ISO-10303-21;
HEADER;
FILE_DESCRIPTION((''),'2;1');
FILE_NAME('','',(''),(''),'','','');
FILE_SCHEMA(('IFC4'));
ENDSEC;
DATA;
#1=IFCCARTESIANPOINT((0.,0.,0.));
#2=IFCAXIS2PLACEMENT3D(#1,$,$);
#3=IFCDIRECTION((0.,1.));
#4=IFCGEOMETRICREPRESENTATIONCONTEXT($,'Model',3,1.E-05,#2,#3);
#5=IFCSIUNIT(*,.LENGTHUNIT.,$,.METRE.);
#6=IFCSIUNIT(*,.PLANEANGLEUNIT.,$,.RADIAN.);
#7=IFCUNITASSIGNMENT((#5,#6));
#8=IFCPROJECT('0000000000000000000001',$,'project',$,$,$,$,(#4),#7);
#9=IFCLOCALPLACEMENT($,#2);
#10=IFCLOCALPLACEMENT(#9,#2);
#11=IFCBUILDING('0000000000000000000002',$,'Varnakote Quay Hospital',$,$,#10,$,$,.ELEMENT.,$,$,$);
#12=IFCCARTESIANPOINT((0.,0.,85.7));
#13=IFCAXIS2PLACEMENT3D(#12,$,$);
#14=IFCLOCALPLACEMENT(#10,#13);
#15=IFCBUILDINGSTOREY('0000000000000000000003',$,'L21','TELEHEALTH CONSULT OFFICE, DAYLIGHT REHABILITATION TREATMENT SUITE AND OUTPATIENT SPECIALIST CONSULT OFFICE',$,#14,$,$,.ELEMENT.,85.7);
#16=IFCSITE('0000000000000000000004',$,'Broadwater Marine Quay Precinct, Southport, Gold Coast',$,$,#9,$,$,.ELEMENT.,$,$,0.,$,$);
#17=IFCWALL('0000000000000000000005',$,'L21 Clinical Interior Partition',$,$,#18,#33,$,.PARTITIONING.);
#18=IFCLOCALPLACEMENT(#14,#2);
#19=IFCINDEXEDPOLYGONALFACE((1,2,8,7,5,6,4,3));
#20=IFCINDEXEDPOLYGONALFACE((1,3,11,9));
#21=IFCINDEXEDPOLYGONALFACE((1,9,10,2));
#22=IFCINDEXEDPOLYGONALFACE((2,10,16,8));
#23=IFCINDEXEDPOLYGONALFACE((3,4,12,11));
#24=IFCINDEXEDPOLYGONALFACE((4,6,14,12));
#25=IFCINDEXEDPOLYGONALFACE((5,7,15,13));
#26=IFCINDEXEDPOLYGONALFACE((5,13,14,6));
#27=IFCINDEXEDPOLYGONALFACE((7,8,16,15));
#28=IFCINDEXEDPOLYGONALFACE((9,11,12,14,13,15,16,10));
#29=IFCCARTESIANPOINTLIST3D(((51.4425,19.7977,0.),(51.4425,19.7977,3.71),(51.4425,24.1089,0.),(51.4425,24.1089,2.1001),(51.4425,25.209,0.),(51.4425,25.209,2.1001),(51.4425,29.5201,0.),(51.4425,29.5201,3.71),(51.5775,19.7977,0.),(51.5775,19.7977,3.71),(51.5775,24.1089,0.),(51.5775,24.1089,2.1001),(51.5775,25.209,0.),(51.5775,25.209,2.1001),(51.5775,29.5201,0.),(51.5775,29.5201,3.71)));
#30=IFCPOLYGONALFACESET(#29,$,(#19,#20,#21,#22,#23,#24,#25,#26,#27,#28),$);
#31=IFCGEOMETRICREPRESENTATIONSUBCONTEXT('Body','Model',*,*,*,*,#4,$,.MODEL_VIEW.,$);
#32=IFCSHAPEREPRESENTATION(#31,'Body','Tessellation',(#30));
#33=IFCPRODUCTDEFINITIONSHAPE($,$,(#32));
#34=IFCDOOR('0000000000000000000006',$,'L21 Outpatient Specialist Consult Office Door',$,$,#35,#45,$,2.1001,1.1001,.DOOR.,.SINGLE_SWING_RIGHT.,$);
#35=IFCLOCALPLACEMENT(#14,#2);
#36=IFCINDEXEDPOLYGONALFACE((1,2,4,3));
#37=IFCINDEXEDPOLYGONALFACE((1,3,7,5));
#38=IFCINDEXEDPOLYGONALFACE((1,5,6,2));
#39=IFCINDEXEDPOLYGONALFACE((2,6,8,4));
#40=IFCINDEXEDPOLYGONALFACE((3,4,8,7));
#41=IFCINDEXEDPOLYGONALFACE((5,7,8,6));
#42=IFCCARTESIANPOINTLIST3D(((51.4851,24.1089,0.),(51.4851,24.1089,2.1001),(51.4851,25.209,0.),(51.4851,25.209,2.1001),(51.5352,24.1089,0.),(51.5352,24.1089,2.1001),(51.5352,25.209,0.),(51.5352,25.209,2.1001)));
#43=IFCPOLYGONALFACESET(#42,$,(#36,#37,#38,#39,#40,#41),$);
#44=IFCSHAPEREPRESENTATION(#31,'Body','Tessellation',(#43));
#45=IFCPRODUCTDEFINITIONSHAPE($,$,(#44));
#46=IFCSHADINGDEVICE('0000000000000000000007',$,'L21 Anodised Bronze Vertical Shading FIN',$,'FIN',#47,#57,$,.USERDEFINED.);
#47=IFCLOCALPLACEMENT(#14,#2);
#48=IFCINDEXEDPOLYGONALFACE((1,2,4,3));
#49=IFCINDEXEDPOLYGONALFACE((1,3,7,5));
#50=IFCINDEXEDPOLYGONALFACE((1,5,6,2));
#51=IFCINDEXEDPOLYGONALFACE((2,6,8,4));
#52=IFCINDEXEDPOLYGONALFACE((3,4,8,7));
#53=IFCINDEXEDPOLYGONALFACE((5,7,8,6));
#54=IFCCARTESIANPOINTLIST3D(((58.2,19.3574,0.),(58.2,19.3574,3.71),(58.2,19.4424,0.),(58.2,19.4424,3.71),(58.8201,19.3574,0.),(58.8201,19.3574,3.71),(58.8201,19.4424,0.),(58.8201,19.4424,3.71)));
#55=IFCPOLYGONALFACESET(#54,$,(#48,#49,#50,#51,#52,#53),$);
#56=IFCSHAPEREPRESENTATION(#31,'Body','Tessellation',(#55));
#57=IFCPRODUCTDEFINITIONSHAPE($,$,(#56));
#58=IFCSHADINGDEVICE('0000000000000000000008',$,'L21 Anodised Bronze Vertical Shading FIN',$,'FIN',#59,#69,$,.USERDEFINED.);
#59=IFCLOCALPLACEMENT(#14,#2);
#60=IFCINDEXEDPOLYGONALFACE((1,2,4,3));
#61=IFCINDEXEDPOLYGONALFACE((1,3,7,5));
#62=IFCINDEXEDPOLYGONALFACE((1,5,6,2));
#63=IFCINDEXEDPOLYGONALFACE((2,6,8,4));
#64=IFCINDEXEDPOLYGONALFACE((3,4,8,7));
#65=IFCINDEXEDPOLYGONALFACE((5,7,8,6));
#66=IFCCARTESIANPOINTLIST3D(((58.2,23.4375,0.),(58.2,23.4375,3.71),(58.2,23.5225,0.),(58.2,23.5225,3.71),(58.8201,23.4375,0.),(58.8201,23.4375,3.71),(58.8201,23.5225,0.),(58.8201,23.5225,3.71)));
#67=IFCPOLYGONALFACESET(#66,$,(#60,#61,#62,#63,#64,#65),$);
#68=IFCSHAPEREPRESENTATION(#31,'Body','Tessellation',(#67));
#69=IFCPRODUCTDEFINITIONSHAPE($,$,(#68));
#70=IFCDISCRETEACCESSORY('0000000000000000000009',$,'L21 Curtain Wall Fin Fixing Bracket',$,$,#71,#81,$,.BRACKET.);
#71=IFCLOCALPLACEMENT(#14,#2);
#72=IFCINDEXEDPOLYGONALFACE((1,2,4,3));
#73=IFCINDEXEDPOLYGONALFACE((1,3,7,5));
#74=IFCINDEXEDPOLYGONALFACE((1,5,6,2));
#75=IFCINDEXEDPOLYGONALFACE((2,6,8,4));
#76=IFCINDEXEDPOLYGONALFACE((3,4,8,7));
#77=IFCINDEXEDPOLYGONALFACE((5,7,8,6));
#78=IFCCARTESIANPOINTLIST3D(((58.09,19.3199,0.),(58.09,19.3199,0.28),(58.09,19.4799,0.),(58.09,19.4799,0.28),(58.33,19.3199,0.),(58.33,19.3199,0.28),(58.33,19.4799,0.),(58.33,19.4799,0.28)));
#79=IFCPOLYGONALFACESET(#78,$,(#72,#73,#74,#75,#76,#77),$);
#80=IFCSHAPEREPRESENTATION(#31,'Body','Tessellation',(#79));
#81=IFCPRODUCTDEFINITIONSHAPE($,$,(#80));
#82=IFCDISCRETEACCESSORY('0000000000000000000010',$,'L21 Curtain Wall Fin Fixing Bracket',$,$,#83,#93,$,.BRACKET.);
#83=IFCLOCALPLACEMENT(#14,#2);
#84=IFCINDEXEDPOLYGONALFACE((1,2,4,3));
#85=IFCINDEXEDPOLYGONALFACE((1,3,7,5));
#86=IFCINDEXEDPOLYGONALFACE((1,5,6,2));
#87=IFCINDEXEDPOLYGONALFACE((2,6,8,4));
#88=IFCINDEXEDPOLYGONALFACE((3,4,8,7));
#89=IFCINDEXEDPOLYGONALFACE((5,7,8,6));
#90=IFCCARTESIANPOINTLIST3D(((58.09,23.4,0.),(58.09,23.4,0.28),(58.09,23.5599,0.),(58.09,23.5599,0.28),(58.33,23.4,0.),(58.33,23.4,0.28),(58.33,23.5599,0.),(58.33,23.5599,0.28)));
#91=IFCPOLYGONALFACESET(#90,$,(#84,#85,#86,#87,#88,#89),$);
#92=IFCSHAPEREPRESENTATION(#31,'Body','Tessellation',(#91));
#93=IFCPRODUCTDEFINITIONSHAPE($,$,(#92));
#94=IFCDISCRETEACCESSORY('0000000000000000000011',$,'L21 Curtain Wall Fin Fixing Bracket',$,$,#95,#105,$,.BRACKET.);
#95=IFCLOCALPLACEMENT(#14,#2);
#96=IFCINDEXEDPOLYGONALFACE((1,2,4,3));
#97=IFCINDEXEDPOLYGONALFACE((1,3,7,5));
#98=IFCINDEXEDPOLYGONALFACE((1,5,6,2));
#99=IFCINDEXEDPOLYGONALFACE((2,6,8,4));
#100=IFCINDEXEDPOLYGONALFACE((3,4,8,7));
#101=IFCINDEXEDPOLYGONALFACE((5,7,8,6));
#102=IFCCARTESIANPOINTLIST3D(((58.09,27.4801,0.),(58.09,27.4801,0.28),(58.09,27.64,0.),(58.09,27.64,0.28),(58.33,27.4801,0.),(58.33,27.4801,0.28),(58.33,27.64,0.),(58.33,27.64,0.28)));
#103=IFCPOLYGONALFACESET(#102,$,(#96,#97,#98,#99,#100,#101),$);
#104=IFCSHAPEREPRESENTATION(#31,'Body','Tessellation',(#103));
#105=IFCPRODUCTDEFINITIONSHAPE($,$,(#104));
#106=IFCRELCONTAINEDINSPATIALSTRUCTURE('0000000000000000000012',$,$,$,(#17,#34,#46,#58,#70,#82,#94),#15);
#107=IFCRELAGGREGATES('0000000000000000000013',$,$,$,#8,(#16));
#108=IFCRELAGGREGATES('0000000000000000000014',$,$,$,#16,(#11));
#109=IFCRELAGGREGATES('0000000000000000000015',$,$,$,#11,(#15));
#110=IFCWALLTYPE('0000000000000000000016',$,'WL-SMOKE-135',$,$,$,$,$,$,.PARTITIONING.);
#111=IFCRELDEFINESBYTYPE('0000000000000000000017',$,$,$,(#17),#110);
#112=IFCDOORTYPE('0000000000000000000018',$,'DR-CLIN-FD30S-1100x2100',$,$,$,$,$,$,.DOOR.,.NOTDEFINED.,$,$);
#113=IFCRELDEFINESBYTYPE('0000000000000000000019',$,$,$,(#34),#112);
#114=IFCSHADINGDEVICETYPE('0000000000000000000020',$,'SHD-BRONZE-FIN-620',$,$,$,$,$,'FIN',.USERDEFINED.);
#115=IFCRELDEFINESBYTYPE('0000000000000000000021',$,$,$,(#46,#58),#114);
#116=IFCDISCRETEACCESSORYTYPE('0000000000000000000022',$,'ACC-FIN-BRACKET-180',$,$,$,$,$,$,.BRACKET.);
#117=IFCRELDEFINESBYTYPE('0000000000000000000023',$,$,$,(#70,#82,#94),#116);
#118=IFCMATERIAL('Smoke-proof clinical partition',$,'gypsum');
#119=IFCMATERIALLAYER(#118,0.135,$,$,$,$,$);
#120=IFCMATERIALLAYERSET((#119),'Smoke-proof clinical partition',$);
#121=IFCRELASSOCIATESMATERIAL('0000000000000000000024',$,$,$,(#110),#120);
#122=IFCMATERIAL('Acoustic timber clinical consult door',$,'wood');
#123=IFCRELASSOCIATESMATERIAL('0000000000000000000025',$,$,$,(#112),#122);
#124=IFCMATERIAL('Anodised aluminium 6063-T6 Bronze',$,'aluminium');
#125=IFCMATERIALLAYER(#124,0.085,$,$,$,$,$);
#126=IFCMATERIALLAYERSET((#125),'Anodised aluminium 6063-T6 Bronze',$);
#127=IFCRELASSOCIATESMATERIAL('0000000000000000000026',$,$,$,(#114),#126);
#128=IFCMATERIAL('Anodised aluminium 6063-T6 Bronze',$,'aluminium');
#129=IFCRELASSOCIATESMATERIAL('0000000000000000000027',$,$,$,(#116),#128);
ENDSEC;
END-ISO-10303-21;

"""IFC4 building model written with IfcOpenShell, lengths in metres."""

from ifc_helpers import new_model, si_unit, direction, frame, frame_2d, origin, origin_2d, place, context, subcontext, project, spatial, rectangle, extrude, material, layer, layer_set, type_object, element, fill, save


model = new_model("IFC4")

# Units and contexts
model_context = context("Model", 3, precision=1e-05, world=origin(), true_north=direction((0.0, 1.0)))
body_context = subcontext(model_context, "Body", "Model", "MODEL_VIEW")
ifc_project = project(units=[si_unit("LENGTHUNIT", "METRE"), si_unit("PLANEANGLEUNIT", "RADIAN")], contexts=[model_context])

# Site, building, storey
site_placement = place(None, origin())
site = spatial("IfcSite", under=ifc_project, at=site_placement, Name="Broadwater Marine Quay Precinct, Southport, Gold Coast", CompositionType="ELEMENT", RefElevation=0.0)
building_placement = place(site_placement, origin())
building = spatial("IfcBuilding", under=site, at=building_placement, Name="Varnakote Quay Hospital", CompositionType="ELEMENT")
storey_placement = place(building_placement, frame((0.0, 0.0, 85.7)))
storey = spatial("IfcBuildingStorey", under=building, at=storey_placement, Name="L21", Description="TELEHEALTH CONSULT OFFICE, DAYLIGHT REHABILITATION TREATMENT SUITE AND OUTPATIENT SPECIALIST CONSULT OFFICE", CompositionType="ELEMENT", Elevation=85.7)

# Shared definitions
ifc_material_1 = material(Name="Smoke-proof clinical partition", Category="gypsum")
ifc_layer_1 = layer(ifc_material_1, 0.135)
ifc_layer_set_1 = layer_set([ifc_layer_1], Name="Smoke-proof clinical partition")
wall_type_1 = type_object("IfcWallType", Name="WL-SMOKE-135", PredefinedType="PARTITIONING", material=ifc_layer_set_1)

# Wall, opening, door
wall_1_placement = place(storey_placement, frame((51.51, 19.7976, 0.0), z_axis=(0.0, 0.0, 1.0), x_axis=(0.0, 1.0, 0.0)))
wall_1 = element("IfcWall", 1, at=wall_1_placement, inside=storey, type_object=wall_type_1, Name="L21 Clinical Interior Partition", PredefinedType="PARTITIONING", context=body_context, shape_type="SweptSolid", body=[
    extrude(rectangle(XDim=9.7224, YDim=0.135, at=frame_2d((4.8613, 0.0))), origin(), (0.0, 0.0, 1.0), 3.71),
])
opening_placement = place(wall_1_placement, frame((4.3113, 0.0, 0.0)))
opening = element("IfcOpeningElement", 2, at=opening_placement, cuts=wall_1, PredefinedType="OPENING", context=body_context, shape_type="SweptSolid", body=[
    extrude(rectangle(XDim=1.1001, YDim=2.1001, at=frame_2d((0.55, 1.05))), frame((0.0, 0.0774, 0.0), z_axis=(0.0, -1.0, 0.0), x_axis=(1.0, 0.0, 0.0)), (0.0, 0.0, 1.0), 0.155),
])
ifc_material_2 = material(Name="Acoustic timber clinical consult door", Category="wood")
door_type = type_object("IfcDoorType", Name="DR-CLIN-FD30S-1100x2100", OperationType="NOTDEFINED", PredefinedType="DOOR", material=ifc_material_2)
door_placement = place(opening_placement, origin())
door = element("IfcDoor", 3, at=door_placement, inside=storey, type_object=door_type, Name="L21 Outpatient Specialist Consult Office Door", OperationType="SINGLE_SWING_RIGHT", OverallHeight=2.1001, OverallWidth=1.1001, PredefinedType="DOOR", context=body_context, shape_type="SweptSolid", body=[
    extrude(rectangle(XDim=1.1001, YDim=2.1001, at=frame_2d((0.55, 1.05))), frame((0.0, 0.0249, 0.0), z_axis=(0.0, -1.0, 0.0), x_axis=(1.0, 0.0, 0.0)), (0.0, 0.0, 1.0), 0.05),
])
fill(opening, door)

# Shading devices
ifc_material_3 = material(Name="Anodised aluminium 6063-T6 Bronze", Category="aluminium")
ifc_layer_2 = layer(ifc_material_3, 0.085)
ifc_layer_set_2 = layer_set([ifc_layer_2], Name="Anodised aluminium 6063-T6 Bronze")
shading_device_type = type_object("IfcShadingDeviceType", Name="SHD-BRONZE-FIN-620", ElementType="FIN", PredefinedType="USERDEFINED", material=ifc_layer_set_2)
for number, where, z_axis, x_axis, name in (
    (4, (58.51, 19.3999, 0.0), (0.0, 0.0, 1.0), (-1.0, 0.0, 0.0), "L21 Anodised Bronze Vertical Shading FIN"),
    (5, (58.51, 23.48, 0.0), (0.0, 0.0, 1.0), (-1.0, 0.0, 0.0), "L21 Anodised Bronze Vertical Shading FIN"),
):
    element("IfcShadingDevice", number, at=place(storey_placement, frame(where, z_axis=z_axis, x_axis=x_axis)), inside=storey, type_object=shading_device_type, Name=name, ObjectType="FIN", PredefinedType="USERDEFINED", context=body_context, shape_type="SweptSolid", body=[
        extrude(rectangle(XDim=0.6201, YDim=0.085, at=origin_2d()), origin(), (0.0, 0.0, 1.0), 3.71),
    ])

# Discrete accessories
ifc_material_4 = material(Name="Anodised aluminium 6063-T6 Bronze", Category="aluminium")
discrete_accessory_type = type_object("IfcDiscreteAccessoryType", Name="ACC-FIN-BRACKET-180", PredefinedType="BRACKET", material=ifc_material_4)
for number, where, z_axis, x_axis, name in (
    (6, (58.21, 19.3999, 0.0), (0.0, 0.0, 1.0), (0.0, 1.0, 0.0), "L21 Curtain Wall Fin Fixing Bracket"),
    (7, (58.21, 23.48, 0.0), (0.0, 0.0, 1.0), (0.0, 1.0, 0.0), "L21 Curtain Wall Fin Fixing Bracket"),
    (8, (58.21, 27.5601, 0.0), (0.0, 0.0, 1.0), (0.0, 1.0, 0.0), "L21 Curtain Wall Fin Fixing Bracket"),
):
    element("IfcDiscreteAccessory", number, at=place(storey_placement, frame(where, z_axis=z_axis, x_axis=x_axis)), inside=storey, type_object=discrete_accessory_type, Name=name, PredefinedType="BRACKET", context=body_context, shape_type="SweptSolid", body=[
        extrude(rectangle(XDim=0.1599, YDim=0.24, at=origin_2d()), origin(), (0.0, 0.0, 1.0), 0.28),
    ])

save(model, "model.ifc")
